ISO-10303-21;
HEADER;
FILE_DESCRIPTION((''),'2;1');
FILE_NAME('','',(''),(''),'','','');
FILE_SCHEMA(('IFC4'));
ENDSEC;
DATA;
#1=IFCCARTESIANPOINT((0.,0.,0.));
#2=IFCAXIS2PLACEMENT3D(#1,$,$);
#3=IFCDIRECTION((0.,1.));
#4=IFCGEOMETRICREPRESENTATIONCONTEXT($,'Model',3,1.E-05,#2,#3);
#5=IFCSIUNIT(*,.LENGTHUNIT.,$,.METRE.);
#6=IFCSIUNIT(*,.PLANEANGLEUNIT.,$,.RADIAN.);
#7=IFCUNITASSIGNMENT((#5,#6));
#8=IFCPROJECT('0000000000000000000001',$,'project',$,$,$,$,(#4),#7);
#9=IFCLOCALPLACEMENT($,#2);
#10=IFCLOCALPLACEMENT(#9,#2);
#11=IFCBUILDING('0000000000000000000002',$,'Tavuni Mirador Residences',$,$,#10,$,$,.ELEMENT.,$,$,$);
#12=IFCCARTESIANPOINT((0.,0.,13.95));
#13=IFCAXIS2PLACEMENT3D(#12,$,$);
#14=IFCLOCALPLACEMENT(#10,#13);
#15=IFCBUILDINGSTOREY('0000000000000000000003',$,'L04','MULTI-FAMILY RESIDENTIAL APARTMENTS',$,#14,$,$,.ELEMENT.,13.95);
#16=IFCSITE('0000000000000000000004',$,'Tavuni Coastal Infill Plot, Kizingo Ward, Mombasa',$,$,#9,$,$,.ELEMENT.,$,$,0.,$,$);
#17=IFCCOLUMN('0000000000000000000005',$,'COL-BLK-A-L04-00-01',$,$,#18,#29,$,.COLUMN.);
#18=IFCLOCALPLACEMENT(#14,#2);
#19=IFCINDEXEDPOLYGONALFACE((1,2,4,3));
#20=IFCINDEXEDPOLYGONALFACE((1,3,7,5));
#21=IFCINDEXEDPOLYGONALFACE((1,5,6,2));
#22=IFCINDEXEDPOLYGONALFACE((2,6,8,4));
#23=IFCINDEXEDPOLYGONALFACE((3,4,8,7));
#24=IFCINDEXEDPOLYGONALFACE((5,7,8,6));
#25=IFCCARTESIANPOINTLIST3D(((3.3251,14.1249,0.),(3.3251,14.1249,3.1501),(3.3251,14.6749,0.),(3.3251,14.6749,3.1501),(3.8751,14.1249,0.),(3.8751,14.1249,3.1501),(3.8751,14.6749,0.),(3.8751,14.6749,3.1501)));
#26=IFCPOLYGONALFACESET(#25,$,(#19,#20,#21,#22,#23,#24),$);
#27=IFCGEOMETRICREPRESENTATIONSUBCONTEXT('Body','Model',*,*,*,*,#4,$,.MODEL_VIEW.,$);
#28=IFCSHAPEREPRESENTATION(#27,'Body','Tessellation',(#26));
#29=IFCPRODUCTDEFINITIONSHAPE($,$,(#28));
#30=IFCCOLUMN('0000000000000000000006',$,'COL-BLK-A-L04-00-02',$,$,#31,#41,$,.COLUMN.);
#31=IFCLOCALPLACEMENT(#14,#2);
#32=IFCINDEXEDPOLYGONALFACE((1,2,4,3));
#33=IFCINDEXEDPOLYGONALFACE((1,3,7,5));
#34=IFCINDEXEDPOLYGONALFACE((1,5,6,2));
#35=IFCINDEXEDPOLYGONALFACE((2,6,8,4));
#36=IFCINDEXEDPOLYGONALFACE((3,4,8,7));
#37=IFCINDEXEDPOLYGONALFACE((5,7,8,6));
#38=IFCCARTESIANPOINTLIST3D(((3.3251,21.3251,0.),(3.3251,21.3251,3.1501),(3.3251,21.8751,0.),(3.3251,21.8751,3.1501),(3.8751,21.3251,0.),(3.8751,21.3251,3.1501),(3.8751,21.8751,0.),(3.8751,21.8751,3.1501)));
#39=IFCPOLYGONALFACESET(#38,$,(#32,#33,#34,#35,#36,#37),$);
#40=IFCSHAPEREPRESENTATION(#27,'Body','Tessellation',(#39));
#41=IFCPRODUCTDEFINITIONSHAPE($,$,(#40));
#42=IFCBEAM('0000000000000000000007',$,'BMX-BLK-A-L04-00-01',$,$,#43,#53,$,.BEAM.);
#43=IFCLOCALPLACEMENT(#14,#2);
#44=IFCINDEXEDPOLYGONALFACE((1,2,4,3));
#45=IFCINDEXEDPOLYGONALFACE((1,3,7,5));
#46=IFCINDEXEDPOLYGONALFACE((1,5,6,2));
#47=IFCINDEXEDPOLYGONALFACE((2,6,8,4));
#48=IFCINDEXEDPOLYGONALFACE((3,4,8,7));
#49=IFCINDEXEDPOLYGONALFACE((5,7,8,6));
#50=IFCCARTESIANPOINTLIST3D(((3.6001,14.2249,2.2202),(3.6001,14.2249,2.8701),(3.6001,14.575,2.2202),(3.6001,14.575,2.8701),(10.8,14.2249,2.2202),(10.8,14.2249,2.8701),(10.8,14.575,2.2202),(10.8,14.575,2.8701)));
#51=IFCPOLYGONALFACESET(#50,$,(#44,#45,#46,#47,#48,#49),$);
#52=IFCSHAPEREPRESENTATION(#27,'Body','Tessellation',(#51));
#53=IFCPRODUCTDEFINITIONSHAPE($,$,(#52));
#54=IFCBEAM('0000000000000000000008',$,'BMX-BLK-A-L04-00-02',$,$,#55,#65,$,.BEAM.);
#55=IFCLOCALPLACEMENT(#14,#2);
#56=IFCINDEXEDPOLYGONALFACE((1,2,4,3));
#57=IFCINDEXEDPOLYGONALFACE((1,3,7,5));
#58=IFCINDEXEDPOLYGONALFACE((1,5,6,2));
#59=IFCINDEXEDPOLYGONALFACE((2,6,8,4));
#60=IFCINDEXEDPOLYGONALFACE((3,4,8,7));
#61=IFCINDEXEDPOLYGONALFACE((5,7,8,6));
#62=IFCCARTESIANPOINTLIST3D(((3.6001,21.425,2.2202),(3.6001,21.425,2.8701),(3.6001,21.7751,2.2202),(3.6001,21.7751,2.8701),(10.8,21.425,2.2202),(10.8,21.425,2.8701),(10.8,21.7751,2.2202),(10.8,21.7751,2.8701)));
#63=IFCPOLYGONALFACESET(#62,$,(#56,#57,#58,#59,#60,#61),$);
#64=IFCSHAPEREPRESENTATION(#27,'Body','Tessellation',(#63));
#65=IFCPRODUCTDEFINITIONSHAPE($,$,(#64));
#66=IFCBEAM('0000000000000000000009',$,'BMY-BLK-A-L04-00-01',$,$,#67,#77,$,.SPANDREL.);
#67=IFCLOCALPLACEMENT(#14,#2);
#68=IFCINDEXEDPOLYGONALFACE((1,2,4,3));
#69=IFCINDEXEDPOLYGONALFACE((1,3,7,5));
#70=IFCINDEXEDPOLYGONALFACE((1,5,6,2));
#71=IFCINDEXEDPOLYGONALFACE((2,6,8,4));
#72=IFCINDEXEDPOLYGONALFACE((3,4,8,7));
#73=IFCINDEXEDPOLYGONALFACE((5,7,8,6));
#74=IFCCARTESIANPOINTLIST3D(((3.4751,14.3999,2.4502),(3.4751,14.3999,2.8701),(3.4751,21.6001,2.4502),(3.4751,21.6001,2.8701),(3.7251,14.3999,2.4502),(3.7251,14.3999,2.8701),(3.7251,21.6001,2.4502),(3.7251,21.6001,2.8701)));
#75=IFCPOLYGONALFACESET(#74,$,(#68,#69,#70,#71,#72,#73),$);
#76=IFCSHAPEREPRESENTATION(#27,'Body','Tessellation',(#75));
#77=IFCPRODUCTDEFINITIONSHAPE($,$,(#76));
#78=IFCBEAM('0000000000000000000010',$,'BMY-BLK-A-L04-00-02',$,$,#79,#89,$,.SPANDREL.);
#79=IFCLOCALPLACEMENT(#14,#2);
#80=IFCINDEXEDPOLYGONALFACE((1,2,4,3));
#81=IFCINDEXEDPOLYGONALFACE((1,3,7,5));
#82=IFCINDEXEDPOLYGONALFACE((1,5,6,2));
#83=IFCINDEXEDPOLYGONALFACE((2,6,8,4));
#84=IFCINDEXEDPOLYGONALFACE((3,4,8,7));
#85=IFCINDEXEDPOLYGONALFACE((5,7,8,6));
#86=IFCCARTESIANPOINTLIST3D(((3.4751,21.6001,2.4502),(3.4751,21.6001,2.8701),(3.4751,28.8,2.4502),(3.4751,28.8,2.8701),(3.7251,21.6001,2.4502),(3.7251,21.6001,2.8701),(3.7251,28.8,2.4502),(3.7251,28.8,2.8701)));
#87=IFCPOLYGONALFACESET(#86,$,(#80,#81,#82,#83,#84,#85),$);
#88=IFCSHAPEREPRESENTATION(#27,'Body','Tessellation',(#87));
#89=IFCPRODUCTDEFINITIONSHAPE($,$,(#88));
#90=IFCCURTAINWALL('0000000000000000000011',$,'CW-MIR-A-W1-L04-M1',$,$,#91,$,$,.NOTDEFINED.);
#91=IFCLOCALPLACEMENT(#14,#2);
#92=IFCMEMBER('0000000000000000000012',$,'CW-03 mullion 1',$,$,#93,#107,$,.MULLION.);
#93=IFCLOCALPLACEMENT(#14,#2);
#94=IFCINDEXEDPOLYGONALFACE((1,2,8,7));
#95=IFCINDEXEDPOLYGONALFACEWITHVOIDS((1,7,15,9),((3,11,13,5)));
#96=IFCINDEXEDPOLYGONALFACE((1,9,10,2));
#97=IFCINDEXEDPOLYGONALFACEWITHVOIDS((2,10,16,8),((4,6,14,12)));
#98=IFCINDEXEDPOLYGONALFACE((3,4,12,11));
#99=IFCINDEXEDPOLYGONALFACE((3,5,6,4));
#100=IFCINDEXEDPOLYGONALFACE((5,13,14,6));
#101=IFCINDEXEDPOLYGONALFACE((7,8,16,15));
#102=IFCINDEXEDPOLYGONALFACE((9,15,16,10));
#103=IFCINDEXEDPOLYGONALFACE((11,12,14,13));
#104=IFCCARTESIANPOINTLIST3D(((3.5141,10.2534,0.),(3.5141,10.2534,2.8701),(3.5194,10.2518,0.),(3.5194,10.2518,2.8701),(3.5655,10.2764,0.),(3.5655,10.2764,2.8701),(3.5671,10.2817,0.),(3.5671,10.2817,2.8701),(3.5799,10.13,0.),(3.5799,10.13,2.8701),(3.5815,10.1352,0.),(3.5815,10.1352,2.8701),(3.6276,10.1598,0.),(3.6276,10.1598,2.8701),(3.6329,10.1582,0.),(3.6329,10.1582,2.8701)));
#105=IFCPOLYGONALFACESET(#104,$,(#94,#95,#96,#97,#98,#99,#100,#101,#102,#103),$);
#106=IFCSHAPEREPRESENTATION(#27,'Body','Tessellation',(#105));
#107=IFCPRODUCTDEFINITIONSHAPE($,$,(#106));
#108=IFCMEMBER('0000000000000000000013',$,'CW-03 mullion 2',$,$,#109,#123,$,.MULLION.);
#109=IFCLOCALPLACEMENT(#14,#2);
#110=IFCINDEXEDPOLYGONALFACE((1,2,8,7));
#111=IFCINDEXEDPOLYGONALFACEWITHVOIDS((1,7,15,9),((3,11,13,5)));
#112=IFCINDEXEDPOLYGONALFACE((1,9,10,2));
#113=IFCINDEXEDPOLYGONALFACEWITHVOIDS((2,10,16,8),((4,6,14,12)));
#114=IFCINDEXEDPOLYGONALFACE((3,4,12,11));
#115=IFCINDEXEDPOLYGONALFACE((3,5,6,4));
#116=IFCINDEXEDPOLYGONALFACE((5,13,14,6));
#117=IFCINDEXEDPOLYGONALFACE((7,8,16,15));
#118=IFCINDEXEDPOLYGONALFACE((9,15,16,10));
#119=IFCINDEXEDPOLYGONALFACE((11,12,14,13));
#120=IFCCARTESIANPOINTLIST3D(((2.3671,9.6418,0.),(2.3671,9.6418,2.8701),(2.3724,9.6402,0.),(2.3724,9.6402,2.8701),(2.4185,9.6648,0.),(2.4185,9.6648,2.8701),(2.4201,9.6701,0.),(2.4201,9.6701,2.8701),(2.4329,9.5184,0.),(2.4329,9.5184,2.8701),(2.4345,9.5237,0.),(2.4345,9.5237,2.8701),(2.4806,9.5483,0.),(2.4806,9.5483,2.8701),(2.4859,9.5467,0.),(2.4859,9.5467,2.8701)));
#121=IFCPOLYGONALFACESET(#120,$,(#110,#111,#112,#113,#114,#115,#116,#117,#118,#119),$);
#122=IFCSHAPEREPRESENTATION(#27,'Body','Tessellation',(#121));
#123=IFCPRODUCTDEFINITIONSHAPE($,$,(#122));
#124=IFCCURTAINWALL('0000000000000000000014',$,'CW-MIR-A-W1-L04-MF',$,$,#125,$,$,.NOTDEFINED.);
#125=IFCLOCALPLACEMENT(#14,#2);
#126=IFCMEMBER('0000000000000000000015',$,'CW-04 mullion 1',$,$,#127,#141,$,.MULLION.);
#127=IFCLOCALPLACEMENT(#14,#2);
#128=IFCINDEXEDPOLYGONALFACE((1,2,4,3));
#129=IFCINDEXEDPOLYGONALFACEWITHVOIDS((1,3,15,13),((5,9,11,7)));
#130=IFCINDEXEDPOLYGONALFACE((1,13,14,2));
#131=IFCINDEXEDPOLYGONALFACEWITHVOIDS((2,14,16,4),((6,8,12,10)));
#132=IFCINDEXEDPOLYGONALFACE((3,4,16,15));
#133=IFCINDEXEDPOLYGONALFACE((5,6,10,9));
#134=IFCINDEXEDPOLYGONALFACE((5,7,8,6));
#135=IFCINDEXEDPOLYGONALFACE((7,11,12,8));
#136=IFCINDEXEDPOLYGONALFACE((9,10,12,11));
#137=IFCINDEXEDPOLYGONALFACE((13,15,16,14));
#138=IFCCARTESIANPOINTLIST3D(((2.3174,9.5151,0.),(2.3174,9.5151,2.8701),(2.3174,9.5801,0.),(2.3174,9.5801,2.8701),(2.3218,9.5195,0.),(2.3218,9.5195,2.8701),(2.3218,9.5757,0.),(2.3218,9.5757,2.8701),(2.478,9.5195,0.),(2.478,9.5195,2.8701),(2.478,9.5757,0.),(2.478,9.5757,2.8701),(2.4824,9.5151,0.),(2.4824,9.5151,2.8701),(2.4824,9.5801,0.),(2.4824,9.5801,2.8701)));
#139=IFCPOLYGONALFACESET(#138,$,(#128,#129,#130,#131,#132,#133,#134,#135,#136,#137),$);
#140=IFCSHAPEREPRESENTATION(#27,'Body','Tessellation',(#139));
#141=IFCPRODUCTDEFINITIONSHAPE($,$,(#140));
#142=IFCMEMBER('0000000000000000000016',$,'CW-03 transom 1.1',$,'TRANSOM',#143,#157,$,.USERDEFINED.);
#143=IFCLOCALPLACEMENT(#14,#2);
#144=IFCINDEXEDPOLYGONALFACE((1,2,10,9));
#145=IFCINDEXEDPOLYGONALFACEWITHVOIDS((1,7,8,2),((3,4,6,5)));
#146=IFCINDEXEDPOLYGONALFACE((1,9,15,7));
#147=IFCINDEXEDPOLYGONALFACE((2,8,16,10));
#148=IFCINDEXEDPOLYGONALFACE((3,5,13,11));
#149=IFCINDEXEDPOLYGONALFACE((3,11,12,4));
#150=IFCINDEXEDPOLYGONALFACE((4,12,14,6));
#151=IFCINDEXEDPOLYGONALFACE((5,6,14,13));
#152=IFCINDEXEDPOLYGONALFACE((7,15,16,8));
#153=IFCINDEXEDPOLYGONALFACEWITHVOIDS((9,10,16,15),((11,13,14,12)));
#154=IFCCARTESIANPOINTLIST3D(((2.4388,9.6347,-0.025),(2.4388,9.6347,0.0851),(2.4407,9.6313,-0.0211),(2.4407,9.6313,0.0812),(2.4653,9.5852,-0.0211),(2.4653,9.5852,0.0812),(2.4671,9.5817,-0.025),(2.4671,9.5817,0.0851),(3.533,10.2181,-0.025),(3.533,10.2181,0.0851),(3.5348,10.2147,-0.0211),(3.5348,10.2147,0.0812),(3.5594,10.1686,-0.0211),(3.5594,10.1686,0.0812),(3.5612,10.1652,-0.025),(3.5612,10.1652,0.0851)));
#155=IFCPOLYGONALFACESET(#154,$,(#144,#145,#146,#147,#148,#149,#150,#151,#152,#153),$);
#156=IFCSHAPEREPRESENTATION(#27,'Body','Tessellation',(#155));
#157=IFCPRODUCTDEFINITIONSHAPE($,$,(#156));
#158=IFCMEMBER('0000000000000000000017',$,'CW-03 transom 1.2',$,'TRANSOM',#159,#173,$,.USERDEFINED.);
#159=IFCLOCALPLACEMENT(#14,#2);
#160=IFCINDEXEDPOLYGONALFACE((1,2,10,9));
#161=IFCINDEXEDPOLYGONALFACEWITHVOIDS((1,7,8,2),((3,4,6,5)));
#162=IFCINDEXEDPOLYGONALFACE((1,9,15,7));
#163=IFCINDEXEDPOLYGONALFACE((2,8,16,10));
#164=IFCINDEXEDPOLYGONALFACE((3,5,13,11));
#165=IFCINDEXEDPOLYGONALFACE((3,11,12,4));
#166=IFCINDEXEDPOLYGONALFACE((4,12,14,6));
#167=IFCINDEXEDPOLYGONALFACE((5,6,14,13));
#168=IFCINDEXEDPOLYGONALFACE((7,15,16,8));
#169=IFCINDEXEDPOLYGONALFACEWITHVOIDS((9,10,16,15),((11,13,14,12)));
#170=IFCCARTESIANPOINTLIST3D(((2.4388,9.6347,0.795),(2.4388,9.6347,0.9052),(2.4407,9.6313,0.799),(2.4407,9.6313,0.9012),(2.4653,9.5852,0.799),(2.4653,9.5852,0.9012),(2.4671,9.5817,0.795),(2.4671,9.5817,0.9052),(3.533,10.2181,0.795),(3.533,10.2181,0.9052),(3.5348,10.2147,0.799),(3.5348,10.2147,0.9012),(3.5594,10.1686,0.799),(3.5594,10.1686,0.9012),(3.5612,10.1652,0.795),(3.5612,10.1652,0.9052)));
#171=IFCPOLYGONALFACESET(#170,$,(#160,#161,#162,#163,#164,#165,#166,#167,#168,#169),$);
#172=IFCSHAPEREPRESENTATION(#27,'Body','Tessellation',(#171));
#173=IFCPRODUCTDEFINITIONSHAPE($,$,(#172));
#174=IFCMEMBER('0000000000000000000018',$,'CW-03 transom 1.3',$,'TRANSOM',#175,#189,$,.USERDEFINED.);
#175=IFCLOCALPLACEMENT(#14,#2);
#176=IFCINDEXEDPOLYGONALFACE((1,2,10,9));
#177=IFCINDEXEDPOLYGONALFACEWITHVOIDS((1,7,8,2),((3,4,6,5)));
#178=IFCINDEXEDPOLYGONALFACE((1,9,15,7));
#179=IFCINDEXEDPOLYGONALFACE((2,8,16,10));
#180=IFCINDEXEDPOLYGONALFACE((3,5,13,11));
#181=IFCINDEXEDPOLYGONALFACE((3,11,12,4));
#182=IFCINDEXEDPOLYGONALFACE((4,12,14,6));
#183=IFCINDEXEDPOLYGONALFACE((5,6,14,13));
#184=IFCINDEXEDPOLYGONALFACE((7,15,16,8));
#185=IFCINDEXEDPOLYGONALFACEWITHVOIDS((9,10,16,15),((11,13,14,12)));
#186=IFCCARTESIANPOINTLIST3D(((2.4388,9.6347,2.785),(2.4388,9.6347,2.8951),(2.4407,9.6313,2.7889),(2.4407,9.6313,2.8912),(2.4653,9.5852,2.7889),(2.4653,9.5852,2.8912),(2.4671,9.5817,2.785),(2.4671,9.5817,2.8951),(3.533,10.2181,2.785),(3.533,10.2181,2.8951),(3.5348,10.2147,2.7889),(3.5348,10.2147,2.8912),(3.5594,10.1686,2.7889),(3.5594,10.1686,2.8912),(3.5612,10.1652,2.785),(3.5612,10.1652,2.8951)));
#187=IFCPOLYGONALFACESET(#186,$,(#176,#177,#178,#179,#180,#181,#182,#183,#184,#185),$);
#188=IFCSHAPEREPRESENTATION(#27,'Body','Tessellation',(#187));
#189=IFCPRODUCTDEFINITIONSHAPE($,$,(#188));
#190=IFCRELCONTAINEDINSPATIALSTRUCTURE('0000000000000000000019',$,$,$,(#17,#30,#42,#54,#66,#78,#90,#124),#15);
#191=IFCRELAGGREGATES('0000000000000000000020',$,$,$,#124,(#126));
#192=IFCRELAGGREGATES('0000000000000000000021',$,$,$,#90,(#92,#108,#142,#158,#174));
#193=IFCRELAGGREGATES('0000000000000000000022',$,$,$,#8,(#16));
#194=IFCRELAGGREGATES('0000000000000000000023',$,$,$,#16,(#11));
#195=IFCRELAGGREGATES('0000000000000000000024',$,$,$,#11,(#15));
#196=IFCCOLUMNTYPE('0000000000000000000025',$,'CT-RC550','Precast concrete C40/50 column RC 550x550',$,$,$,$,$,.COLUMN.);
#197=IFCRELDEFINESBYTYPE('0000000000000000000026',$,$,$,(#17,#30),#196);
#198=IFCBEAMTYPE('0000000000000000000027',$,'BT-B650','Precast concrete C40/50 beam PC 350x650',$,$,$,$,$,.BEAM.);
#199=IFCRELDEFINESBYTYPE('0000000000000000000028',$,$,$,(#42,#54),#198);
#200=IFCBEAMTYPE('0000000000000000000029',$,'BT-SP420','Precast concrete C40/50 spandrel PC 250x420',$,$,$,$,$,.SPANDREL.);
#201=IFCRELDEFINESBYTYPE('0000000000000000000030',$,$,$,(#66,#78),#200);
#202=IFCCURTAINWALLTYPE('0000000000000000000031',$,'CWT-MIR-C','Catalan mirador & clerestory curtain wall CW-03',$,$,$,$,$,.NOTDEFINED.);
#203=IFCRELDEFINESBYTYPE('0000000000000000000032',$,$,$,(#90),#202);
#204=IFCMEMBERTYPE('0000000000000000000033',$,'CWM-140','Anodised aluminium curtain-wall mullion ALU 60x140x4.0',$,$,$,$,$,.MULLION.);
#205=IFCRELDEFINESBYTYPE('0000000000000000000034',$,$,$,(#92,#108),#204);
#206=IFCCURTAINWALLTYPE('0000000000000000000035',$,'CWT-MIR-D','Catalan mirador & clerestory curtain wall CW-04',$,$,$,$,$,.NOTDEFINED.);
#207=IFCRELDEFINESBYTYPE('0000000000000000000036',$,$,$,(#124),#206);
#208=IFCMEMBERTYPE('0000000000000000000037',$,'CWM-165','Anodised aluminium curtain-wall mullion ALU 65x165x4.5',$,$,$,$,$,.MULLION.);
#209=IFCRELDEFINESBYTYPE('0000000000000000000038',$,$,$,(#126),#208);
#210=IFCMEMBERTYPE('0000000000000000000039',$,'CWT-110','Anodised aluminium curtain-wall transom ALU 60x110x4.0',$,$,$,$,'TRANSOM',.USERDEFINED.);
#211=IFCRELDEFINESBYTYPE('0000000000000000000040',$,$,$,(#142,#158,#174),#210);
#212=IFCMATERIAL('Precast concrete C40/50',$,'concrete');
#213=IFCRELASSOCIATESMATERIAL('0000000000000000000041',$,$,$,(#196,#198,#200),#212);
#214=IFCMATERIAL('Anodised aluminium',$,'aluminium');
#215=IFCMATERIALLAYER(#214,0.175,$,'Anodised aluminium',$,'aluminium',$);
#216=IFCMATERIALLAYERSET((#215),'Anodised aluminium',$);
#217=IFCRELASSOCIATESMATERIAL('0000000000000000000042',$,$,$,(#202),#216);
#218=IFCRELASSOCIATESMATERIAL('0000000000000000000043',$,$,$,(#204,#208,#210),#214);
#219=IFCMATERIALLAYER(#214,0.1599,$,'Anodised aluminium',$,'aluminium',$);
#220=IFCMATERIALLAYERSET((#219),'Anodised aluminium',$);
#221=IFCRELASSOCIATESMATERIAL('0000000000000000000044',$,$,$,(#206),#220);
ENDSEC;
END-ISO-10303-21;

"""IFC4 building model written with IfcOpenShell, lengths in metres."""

from ifc_helpers import new_model, si_unit, direction, frame, origin, origin_2d, place, context, subcontext, project, spatial, rectangle, hollow_rectangle, extrude, material, layer, layer_set, material_profile, profile_set, type_object, element, aggregate, save


model = new_model("IFC4")

# Units and contexts
model_context = context("Model", 3, precision=1e-05, world=origin(), true_north=direction((0.0, 1.0)))
body_context = subcontext(model_context, "Body", "Model", "MODEL_VIEW")
ifc_project = project(units=[si_unit("LENGTHUNIT", "METRE"), si_unit("PLANEANGLEUNIT", "RADIAN")], contexts=[model_context])

# Site, building, storey
site_placement = place(None, origin())
site = spatial("IfcSite", under=ifc_project, at=site_placement, Name="Tavuni Coastal Infill Plot, Kizingo Ward, Mombasa", CompositionType="ELEMENT", RefElevation=0.0)
building_placement = place(site_placement, origin())
building = spatial("IfcBuilding", under=site, at=building_placement, Name="Tavuni Mirador Residences", CompositionType="ELEMENT")
storey_placement = place(building_placement, frame((0.0, 0.0, 13.95)))
storey = spatial("IfcBuildingStorey", under=building, at=storey_placement, Name="L04", Description="MULTI-FAMILY RESIDENTIAL APARTMENTS", CompositionType="ELEMENT", Elevation=13.95)

# Columns
ifc_material_1 = material(Name="Precast concrete C40/50", Category="concrete")
ifc_material_profile_1 = material_profile(ifc_material_1, rectangle(XDim=0.55, YDim=0.55, at=origin_2d()), Name="RC 550x550", Category="concrete")
ifc_profile_set_1 = profile_set([ifc_material_profile_1], Name="Precast concrete C40/50")
column_type = type_object("IfcColumnType", Name="CT-RC550", Description="Precast concrete C40/50 column RC 550x550", PredefinedType="COLUMN", material=ifc_profile_set_1)
for number, where, z_axis, x_axis, name in (
    (1, (3.6001, 14.3999, 0.0), (0.0, 0.0, 1.0), (1.0, 0.0, 0.0), "COL-BLK-A-L04-00-01"),
    (2, (3.6001, 21.6001, 0.0), (0.0, 0.0, 1.0), (1.0, 0.0, 0.0), "COL-BLK-A-L04-00-02"),
):
    element("IfcColumn", number, at=place(storey_placement, frame(where, z_axis=z_axis, x_axis=x_axis)), inside=storey, type_object=column_type, Name=name, PredefinedType="COLUMN", context=body_context, shape_type="SweptSolid", body=[
        extrude(rectangle(XDim=0.55, YDim=0.55, at=origin_2d()), origin(), (0.0, 0.0, 1.0), 3.1501),
    ])

# Beams
ifc_material_profile_2 = material_profile(ifc_material_1, rectangle(XDim=0.3501, YDim=0.6499, at=origin_2d()), Name="PC 350x650", Category="concrete")
ifc_profile_set_2 = profile_set([ifc_material_profile_2], Name="Precast concrete C40/50")
beam_type_1 = type_object("IfcBeamType", Name="BT-B650", Description="Precast concrete C40/50 beam PC 350x650", PredefinedType="BEAM", material=ifc_profile_set_2)
for number, where, z_axis, x_axis, name in (
    (3, (3.6001, 14.3999, 2.5452), (1.0, 0.0, 0.0), (0.0, 1.0, 0.0), "BMX-BLK-A-L04-00-01"),
    (4, (3.6001, 21.6001, 2.5452), (1.0, 0.0, 0.0), (0.0, 1.0, 0.0), "BMX-BLK-A-L04-00-02"),
):
    element("IfcBeam", number, at=place(storey_placement, frame(where, z_axis=z_axis, x_axis=x_axis)), inside=storey, type_object=beam_type_1, Name=name, PredefinedType="BEAM", context=body_context, shape_type="SweptSolid", body=[
        extrude(rectangle(XDim=0.3501, YDim=0.6499, at=origin_2d()), origin(), (0.0, 0.0, 1.0), 7.2),
    ])
ifc_material_profile_3 = material_profile(ifc_material_1, rectangle(XDim=0.25, YDim=0.4199, at=origin_2d()), Name="PC 250x420", Category="concrete")
ifc_profile_set_3 = profile_set([ifc_material_profile_3], Name="Precast concrete C40/50")
beam_type_2 = type_object("IfcBeamType", Name="BT-SP420", Description="Precast concrete C40/50 spandrel PC 250x420", PredefinedType="SPANDREL", material=ifc_profile_set_3)
beam_1_placement = place(storey_placement, frame((3.6001, 14.3999, 2.6602), z_axis=(0.0, 1.0, 0.0), x_axis=(-1.0, 0.0, 0.0)))
element("IfcBeam", 5, at=beam_1_placement, inside=storey, type_object=beam_type_2, Name="BMY-BLK-A-L04-00-01", PredefinedType="SPANDREL", context=body_context, shape_type="SweptSolid", body=[
    extrude(rectangle(XDim=0.25, YDim=0.4199, at=origin_2d()), origin(), (0.0, 0.0, 1.0), 7.2002),
])
beam_2_placement = place(storey_placement, frame((3.6001, 21.6001, 2.6602), z_axis=(0.0, 1.0, 0.0), x_axis=(-1.0, 0.0, 0.0)))
element("IfcBeam", 6, at=beam_2_placement, inside=storey, type_object=beam_type_2, Name="BMY-BLK-A-L04-00-02", PredefinedType="SPANDREL", context=body_context, shape_type="SweptSolid", body=[
    extrude(rectangle(XDim=0.25, YDim=0.4199, at=origin_2d()), origin(), (0.0, 0.0, 1.0), 7.2),
])

# Curtain wall, members
ifc_material_2 = material(Name="Anodised aluminium", Category="aluminium")
ifc_layer_1 = layer(ifc_material_2, 0.175, Name="Anodised aluminium", Category="aluminium")
ifc_layer_set_1 = layer_set([ifc_layer_1], Name="Anodised aluminium")
curtain_wall_type_1 = type_object("IfcCurtainWallType", Name="CWT-MIR-C", Description="Catalan mirador & clerestory curtain wall CW-03", PredefinedType="NOTDEFINED", material=ifc_layer_set_1)
curtain_wall_1_placement = place(storey_placement, origin())
curtain_wall_1 = element("IfcCurtainWall", 7, at=curtain_wall_1_placement, inside=storey, type_object=curtain_wall_type_1, Name="CW-MIR-A-W1-L04-M1", PredefinedType="NOTDEFINED")
ifc_material_profile_4 = material_profile(ifc_material_2, hollow_rectangle(XDim=0.0601, YDim=0.1399, WallThickness=0.0039, at=origin_2d()), Name="ALU 60x140x4.0", Category="aluminium")
ifc_profile_set_4 = profile_set([ifc_material_profile_4], Name="Anodised aluminium")
member_type_1 = type_object("IfcMemberType", Name="CWM-140", Description="Anodised aluminium curtain-wall mullion ALU 60x140x4.0", PredefinedType="MULLION", material=ifc_profile_set_4)
member_1_placement = place(storey_placement, frame((3.5735, 10.2058, 0.0), z_axis=(0.0, 0.0, 1.0), x_axis=(-0.882353, -0.470588, 0.0)))
member_1 = element("IfcMember", 8, at=member_1_placement, type_object=member_type_1, Name="CW-03 mullion 1", PredefinedType="MULLION", context=body_context, shape_type="SweptSolid", body=[
    extrude(hollow_rectangle(XDim=0.0601, YDim=0.1399, WallThickness=0.0039, at=origin_2d()), origin(), (0.0, 0.0, 1.0), 2.8701),
])
member_2_placement = place(storey_placement, frame((2.4265, 9.5942, 0.0), z_axis=(0.0, 0.0, 1.0), x_axis=(-0.882353, -0.470588, 0.0)))
member_2 = element("IfcMember", 9, at=member_2_placement, type_object=member_type_1, Name="CW-03 mullion 2", PredefinedType="MULLION", context=body_context, shape_type="SweptSolid", body=[
    extrude(hollow_rectangle(XDim=0.0601, YDim=0.1399, WallThickness=0.0039, at=origin_2d()), origin(), (0.0, 0.0, 1.0), 2.8701),
])

# Curtain wall, member
ifc_layer_2 = layer(ifc_material_2, 0.1599, Name="Anodised aluminium", Category="aluminium")
ifc_layer_set_2 = layer_set([ifc_layer_2], Name="Anodised aluminium")
curtain_wall_type_2 = type_object("IfcCurtainWallType", Name="CWT-MIR-D", Description="Catalan mirador & clerestory curtain wall CW-04", PredefinedType="NOTDEFINED", material=ifc_layer_set_2)
curtain_wall_2_placement = place(storey_placement, origin())
curtain_wall_2 = element("IfcCurtainWall", 10, at=curtain_wall_2_placement, inside=storey, type_object=curtain_wall_type_2, Name="CW-MIR-A-W1-L04-MF", PredefinedType="NOTDEFINED")
ifc_material_profile_5 = material_profile(ifc_material_2, hollow_rectangle(XDim=0.0649, YDim=0.165, WallThickness=0.0044, at=origin_2d()), Name="ALU 65x165x4.5", Category="aluminium")
ifc_profile_set_5 = profile_set([ifc_material_profile_5], Name="Anodised aluminium")
member_type_2 = type_object("IfcMemberType", Name="CWM-165", Description="Anodised aluminium curtain-wall mullion ALU 65x165x4.5", PredefinedType="MULLION", material=ifc_profile_set_5)
member_3_placement = place(storey_placement, frame((2.3999, 9.5476, 0.0), z_axis=(0.0, 0.0, 1.0), x_axis=(0.0, -1.0, 0.0)))
member_3 = element("IfcMember", 11, at=member_3_placement, type_object=member_type_2, Name="CW-04 mullion 1", PredefinedType="MULLION", context=body_context, shape_type="SweptSolid", body=[
    extrude(hollow_rectangle(XDim=0.0649, YDim=0.165, WallThickness=0.0044, at=origin_2d()), origin(), (0.0, 0.0, 1.0), 2.8701),
])
aggregate(curtain_wall_2, [member_3])

# Members
ifc_material_profile_6 = material_profile(ifc_material_2, hollow_rectangle(XDim=0.0601, YDim=0.1101, WallThickness=0.0039, at=origin_2d()), Name="ALU 60x110x4.0", Category="aluminium")
ifc_profile_set_6 = profile_set([ifc_material_profile_6], Name="Anodised aluminium")
member_type_3 = type_object("IfcMemberType", Name="CWT-110", Description="Anodised aluminium curtain-wall transom ALU 60x110x4.0", ElementType="TRANSOM", PredefinedType="USERDEFINED", material=ifc_profile_set_6)
member_4_placement = place(storey_placement, frame((3.5471, 10.1917, 0.03), z_axis=(-0.882386, -0.470527, 0.0), x_axis=(0.470527, -0.882386, 0.0)))
member_4 = element("IfcMember", 12, at=member_4_placement, type_object=member_type_3, Name="CW-03 transom 1.1", ObjectType="TRANSOM", PredefinedType="USERDEFINED", context=body_context, shape_type="SweptSolid", body=[
    extrude(hollow_rectangle(XDim=0.0601, YDim=0.1101, WallThickness=0.0039, at=origin_2d()), origin(), (0.0, 0.0, 1.0), 1.24),
])
member_5_placement = place(storey_placement, frame((3.5471, 10.1917, 0.8501), z_axis=(-0.882386, -0.470527, 0.0), x_axis=(0.470527, -0.882386, 0.0)))
member_5 = element("IfcMember", 13, at=member_5_placement, type_object=member_type_3, Name="CW-03 transom 1.2", ObjectType="TRANSOM", PredefinedType="USERDEFINED", context=body_context, shape_type="SweptSolid", body=[
    extrude(hollow_rectangle(XDim=0.0601, YDim=0.1101, WallThickness=0.0039, at=origin_2d()), origin(), (0.0, 0.0, 1.0), 1.24),
])
member_6_placement = place(storey_placement, frame((3.5471, 10.1917, 2.8401), z_axis=(-0.882386, -0.470527, 0.0), x_axis=(0.470527, -0.882386, 0.0)))
member_6 = element("IfcMember", 14, at=member_6_placement, type_object=member_type_3, Name="CW-03 transom 1.3", ObjectType="TRANSOM", PredefinedType="USERDEFINED", context=body_context, shape_type="SweptSolid", body=[
    extrude(hollow_rectangle(XDim=0.0601, YDim=0.1101, WallThickness=0.0039, at=origin_2d()), origin(), (0.0, 0.0, 1.0), 1.24),
])

aggregate(curtain_wall_1, [member_1, member_2, member_4, member_5, member_6])

save(model, "model.ifc")
